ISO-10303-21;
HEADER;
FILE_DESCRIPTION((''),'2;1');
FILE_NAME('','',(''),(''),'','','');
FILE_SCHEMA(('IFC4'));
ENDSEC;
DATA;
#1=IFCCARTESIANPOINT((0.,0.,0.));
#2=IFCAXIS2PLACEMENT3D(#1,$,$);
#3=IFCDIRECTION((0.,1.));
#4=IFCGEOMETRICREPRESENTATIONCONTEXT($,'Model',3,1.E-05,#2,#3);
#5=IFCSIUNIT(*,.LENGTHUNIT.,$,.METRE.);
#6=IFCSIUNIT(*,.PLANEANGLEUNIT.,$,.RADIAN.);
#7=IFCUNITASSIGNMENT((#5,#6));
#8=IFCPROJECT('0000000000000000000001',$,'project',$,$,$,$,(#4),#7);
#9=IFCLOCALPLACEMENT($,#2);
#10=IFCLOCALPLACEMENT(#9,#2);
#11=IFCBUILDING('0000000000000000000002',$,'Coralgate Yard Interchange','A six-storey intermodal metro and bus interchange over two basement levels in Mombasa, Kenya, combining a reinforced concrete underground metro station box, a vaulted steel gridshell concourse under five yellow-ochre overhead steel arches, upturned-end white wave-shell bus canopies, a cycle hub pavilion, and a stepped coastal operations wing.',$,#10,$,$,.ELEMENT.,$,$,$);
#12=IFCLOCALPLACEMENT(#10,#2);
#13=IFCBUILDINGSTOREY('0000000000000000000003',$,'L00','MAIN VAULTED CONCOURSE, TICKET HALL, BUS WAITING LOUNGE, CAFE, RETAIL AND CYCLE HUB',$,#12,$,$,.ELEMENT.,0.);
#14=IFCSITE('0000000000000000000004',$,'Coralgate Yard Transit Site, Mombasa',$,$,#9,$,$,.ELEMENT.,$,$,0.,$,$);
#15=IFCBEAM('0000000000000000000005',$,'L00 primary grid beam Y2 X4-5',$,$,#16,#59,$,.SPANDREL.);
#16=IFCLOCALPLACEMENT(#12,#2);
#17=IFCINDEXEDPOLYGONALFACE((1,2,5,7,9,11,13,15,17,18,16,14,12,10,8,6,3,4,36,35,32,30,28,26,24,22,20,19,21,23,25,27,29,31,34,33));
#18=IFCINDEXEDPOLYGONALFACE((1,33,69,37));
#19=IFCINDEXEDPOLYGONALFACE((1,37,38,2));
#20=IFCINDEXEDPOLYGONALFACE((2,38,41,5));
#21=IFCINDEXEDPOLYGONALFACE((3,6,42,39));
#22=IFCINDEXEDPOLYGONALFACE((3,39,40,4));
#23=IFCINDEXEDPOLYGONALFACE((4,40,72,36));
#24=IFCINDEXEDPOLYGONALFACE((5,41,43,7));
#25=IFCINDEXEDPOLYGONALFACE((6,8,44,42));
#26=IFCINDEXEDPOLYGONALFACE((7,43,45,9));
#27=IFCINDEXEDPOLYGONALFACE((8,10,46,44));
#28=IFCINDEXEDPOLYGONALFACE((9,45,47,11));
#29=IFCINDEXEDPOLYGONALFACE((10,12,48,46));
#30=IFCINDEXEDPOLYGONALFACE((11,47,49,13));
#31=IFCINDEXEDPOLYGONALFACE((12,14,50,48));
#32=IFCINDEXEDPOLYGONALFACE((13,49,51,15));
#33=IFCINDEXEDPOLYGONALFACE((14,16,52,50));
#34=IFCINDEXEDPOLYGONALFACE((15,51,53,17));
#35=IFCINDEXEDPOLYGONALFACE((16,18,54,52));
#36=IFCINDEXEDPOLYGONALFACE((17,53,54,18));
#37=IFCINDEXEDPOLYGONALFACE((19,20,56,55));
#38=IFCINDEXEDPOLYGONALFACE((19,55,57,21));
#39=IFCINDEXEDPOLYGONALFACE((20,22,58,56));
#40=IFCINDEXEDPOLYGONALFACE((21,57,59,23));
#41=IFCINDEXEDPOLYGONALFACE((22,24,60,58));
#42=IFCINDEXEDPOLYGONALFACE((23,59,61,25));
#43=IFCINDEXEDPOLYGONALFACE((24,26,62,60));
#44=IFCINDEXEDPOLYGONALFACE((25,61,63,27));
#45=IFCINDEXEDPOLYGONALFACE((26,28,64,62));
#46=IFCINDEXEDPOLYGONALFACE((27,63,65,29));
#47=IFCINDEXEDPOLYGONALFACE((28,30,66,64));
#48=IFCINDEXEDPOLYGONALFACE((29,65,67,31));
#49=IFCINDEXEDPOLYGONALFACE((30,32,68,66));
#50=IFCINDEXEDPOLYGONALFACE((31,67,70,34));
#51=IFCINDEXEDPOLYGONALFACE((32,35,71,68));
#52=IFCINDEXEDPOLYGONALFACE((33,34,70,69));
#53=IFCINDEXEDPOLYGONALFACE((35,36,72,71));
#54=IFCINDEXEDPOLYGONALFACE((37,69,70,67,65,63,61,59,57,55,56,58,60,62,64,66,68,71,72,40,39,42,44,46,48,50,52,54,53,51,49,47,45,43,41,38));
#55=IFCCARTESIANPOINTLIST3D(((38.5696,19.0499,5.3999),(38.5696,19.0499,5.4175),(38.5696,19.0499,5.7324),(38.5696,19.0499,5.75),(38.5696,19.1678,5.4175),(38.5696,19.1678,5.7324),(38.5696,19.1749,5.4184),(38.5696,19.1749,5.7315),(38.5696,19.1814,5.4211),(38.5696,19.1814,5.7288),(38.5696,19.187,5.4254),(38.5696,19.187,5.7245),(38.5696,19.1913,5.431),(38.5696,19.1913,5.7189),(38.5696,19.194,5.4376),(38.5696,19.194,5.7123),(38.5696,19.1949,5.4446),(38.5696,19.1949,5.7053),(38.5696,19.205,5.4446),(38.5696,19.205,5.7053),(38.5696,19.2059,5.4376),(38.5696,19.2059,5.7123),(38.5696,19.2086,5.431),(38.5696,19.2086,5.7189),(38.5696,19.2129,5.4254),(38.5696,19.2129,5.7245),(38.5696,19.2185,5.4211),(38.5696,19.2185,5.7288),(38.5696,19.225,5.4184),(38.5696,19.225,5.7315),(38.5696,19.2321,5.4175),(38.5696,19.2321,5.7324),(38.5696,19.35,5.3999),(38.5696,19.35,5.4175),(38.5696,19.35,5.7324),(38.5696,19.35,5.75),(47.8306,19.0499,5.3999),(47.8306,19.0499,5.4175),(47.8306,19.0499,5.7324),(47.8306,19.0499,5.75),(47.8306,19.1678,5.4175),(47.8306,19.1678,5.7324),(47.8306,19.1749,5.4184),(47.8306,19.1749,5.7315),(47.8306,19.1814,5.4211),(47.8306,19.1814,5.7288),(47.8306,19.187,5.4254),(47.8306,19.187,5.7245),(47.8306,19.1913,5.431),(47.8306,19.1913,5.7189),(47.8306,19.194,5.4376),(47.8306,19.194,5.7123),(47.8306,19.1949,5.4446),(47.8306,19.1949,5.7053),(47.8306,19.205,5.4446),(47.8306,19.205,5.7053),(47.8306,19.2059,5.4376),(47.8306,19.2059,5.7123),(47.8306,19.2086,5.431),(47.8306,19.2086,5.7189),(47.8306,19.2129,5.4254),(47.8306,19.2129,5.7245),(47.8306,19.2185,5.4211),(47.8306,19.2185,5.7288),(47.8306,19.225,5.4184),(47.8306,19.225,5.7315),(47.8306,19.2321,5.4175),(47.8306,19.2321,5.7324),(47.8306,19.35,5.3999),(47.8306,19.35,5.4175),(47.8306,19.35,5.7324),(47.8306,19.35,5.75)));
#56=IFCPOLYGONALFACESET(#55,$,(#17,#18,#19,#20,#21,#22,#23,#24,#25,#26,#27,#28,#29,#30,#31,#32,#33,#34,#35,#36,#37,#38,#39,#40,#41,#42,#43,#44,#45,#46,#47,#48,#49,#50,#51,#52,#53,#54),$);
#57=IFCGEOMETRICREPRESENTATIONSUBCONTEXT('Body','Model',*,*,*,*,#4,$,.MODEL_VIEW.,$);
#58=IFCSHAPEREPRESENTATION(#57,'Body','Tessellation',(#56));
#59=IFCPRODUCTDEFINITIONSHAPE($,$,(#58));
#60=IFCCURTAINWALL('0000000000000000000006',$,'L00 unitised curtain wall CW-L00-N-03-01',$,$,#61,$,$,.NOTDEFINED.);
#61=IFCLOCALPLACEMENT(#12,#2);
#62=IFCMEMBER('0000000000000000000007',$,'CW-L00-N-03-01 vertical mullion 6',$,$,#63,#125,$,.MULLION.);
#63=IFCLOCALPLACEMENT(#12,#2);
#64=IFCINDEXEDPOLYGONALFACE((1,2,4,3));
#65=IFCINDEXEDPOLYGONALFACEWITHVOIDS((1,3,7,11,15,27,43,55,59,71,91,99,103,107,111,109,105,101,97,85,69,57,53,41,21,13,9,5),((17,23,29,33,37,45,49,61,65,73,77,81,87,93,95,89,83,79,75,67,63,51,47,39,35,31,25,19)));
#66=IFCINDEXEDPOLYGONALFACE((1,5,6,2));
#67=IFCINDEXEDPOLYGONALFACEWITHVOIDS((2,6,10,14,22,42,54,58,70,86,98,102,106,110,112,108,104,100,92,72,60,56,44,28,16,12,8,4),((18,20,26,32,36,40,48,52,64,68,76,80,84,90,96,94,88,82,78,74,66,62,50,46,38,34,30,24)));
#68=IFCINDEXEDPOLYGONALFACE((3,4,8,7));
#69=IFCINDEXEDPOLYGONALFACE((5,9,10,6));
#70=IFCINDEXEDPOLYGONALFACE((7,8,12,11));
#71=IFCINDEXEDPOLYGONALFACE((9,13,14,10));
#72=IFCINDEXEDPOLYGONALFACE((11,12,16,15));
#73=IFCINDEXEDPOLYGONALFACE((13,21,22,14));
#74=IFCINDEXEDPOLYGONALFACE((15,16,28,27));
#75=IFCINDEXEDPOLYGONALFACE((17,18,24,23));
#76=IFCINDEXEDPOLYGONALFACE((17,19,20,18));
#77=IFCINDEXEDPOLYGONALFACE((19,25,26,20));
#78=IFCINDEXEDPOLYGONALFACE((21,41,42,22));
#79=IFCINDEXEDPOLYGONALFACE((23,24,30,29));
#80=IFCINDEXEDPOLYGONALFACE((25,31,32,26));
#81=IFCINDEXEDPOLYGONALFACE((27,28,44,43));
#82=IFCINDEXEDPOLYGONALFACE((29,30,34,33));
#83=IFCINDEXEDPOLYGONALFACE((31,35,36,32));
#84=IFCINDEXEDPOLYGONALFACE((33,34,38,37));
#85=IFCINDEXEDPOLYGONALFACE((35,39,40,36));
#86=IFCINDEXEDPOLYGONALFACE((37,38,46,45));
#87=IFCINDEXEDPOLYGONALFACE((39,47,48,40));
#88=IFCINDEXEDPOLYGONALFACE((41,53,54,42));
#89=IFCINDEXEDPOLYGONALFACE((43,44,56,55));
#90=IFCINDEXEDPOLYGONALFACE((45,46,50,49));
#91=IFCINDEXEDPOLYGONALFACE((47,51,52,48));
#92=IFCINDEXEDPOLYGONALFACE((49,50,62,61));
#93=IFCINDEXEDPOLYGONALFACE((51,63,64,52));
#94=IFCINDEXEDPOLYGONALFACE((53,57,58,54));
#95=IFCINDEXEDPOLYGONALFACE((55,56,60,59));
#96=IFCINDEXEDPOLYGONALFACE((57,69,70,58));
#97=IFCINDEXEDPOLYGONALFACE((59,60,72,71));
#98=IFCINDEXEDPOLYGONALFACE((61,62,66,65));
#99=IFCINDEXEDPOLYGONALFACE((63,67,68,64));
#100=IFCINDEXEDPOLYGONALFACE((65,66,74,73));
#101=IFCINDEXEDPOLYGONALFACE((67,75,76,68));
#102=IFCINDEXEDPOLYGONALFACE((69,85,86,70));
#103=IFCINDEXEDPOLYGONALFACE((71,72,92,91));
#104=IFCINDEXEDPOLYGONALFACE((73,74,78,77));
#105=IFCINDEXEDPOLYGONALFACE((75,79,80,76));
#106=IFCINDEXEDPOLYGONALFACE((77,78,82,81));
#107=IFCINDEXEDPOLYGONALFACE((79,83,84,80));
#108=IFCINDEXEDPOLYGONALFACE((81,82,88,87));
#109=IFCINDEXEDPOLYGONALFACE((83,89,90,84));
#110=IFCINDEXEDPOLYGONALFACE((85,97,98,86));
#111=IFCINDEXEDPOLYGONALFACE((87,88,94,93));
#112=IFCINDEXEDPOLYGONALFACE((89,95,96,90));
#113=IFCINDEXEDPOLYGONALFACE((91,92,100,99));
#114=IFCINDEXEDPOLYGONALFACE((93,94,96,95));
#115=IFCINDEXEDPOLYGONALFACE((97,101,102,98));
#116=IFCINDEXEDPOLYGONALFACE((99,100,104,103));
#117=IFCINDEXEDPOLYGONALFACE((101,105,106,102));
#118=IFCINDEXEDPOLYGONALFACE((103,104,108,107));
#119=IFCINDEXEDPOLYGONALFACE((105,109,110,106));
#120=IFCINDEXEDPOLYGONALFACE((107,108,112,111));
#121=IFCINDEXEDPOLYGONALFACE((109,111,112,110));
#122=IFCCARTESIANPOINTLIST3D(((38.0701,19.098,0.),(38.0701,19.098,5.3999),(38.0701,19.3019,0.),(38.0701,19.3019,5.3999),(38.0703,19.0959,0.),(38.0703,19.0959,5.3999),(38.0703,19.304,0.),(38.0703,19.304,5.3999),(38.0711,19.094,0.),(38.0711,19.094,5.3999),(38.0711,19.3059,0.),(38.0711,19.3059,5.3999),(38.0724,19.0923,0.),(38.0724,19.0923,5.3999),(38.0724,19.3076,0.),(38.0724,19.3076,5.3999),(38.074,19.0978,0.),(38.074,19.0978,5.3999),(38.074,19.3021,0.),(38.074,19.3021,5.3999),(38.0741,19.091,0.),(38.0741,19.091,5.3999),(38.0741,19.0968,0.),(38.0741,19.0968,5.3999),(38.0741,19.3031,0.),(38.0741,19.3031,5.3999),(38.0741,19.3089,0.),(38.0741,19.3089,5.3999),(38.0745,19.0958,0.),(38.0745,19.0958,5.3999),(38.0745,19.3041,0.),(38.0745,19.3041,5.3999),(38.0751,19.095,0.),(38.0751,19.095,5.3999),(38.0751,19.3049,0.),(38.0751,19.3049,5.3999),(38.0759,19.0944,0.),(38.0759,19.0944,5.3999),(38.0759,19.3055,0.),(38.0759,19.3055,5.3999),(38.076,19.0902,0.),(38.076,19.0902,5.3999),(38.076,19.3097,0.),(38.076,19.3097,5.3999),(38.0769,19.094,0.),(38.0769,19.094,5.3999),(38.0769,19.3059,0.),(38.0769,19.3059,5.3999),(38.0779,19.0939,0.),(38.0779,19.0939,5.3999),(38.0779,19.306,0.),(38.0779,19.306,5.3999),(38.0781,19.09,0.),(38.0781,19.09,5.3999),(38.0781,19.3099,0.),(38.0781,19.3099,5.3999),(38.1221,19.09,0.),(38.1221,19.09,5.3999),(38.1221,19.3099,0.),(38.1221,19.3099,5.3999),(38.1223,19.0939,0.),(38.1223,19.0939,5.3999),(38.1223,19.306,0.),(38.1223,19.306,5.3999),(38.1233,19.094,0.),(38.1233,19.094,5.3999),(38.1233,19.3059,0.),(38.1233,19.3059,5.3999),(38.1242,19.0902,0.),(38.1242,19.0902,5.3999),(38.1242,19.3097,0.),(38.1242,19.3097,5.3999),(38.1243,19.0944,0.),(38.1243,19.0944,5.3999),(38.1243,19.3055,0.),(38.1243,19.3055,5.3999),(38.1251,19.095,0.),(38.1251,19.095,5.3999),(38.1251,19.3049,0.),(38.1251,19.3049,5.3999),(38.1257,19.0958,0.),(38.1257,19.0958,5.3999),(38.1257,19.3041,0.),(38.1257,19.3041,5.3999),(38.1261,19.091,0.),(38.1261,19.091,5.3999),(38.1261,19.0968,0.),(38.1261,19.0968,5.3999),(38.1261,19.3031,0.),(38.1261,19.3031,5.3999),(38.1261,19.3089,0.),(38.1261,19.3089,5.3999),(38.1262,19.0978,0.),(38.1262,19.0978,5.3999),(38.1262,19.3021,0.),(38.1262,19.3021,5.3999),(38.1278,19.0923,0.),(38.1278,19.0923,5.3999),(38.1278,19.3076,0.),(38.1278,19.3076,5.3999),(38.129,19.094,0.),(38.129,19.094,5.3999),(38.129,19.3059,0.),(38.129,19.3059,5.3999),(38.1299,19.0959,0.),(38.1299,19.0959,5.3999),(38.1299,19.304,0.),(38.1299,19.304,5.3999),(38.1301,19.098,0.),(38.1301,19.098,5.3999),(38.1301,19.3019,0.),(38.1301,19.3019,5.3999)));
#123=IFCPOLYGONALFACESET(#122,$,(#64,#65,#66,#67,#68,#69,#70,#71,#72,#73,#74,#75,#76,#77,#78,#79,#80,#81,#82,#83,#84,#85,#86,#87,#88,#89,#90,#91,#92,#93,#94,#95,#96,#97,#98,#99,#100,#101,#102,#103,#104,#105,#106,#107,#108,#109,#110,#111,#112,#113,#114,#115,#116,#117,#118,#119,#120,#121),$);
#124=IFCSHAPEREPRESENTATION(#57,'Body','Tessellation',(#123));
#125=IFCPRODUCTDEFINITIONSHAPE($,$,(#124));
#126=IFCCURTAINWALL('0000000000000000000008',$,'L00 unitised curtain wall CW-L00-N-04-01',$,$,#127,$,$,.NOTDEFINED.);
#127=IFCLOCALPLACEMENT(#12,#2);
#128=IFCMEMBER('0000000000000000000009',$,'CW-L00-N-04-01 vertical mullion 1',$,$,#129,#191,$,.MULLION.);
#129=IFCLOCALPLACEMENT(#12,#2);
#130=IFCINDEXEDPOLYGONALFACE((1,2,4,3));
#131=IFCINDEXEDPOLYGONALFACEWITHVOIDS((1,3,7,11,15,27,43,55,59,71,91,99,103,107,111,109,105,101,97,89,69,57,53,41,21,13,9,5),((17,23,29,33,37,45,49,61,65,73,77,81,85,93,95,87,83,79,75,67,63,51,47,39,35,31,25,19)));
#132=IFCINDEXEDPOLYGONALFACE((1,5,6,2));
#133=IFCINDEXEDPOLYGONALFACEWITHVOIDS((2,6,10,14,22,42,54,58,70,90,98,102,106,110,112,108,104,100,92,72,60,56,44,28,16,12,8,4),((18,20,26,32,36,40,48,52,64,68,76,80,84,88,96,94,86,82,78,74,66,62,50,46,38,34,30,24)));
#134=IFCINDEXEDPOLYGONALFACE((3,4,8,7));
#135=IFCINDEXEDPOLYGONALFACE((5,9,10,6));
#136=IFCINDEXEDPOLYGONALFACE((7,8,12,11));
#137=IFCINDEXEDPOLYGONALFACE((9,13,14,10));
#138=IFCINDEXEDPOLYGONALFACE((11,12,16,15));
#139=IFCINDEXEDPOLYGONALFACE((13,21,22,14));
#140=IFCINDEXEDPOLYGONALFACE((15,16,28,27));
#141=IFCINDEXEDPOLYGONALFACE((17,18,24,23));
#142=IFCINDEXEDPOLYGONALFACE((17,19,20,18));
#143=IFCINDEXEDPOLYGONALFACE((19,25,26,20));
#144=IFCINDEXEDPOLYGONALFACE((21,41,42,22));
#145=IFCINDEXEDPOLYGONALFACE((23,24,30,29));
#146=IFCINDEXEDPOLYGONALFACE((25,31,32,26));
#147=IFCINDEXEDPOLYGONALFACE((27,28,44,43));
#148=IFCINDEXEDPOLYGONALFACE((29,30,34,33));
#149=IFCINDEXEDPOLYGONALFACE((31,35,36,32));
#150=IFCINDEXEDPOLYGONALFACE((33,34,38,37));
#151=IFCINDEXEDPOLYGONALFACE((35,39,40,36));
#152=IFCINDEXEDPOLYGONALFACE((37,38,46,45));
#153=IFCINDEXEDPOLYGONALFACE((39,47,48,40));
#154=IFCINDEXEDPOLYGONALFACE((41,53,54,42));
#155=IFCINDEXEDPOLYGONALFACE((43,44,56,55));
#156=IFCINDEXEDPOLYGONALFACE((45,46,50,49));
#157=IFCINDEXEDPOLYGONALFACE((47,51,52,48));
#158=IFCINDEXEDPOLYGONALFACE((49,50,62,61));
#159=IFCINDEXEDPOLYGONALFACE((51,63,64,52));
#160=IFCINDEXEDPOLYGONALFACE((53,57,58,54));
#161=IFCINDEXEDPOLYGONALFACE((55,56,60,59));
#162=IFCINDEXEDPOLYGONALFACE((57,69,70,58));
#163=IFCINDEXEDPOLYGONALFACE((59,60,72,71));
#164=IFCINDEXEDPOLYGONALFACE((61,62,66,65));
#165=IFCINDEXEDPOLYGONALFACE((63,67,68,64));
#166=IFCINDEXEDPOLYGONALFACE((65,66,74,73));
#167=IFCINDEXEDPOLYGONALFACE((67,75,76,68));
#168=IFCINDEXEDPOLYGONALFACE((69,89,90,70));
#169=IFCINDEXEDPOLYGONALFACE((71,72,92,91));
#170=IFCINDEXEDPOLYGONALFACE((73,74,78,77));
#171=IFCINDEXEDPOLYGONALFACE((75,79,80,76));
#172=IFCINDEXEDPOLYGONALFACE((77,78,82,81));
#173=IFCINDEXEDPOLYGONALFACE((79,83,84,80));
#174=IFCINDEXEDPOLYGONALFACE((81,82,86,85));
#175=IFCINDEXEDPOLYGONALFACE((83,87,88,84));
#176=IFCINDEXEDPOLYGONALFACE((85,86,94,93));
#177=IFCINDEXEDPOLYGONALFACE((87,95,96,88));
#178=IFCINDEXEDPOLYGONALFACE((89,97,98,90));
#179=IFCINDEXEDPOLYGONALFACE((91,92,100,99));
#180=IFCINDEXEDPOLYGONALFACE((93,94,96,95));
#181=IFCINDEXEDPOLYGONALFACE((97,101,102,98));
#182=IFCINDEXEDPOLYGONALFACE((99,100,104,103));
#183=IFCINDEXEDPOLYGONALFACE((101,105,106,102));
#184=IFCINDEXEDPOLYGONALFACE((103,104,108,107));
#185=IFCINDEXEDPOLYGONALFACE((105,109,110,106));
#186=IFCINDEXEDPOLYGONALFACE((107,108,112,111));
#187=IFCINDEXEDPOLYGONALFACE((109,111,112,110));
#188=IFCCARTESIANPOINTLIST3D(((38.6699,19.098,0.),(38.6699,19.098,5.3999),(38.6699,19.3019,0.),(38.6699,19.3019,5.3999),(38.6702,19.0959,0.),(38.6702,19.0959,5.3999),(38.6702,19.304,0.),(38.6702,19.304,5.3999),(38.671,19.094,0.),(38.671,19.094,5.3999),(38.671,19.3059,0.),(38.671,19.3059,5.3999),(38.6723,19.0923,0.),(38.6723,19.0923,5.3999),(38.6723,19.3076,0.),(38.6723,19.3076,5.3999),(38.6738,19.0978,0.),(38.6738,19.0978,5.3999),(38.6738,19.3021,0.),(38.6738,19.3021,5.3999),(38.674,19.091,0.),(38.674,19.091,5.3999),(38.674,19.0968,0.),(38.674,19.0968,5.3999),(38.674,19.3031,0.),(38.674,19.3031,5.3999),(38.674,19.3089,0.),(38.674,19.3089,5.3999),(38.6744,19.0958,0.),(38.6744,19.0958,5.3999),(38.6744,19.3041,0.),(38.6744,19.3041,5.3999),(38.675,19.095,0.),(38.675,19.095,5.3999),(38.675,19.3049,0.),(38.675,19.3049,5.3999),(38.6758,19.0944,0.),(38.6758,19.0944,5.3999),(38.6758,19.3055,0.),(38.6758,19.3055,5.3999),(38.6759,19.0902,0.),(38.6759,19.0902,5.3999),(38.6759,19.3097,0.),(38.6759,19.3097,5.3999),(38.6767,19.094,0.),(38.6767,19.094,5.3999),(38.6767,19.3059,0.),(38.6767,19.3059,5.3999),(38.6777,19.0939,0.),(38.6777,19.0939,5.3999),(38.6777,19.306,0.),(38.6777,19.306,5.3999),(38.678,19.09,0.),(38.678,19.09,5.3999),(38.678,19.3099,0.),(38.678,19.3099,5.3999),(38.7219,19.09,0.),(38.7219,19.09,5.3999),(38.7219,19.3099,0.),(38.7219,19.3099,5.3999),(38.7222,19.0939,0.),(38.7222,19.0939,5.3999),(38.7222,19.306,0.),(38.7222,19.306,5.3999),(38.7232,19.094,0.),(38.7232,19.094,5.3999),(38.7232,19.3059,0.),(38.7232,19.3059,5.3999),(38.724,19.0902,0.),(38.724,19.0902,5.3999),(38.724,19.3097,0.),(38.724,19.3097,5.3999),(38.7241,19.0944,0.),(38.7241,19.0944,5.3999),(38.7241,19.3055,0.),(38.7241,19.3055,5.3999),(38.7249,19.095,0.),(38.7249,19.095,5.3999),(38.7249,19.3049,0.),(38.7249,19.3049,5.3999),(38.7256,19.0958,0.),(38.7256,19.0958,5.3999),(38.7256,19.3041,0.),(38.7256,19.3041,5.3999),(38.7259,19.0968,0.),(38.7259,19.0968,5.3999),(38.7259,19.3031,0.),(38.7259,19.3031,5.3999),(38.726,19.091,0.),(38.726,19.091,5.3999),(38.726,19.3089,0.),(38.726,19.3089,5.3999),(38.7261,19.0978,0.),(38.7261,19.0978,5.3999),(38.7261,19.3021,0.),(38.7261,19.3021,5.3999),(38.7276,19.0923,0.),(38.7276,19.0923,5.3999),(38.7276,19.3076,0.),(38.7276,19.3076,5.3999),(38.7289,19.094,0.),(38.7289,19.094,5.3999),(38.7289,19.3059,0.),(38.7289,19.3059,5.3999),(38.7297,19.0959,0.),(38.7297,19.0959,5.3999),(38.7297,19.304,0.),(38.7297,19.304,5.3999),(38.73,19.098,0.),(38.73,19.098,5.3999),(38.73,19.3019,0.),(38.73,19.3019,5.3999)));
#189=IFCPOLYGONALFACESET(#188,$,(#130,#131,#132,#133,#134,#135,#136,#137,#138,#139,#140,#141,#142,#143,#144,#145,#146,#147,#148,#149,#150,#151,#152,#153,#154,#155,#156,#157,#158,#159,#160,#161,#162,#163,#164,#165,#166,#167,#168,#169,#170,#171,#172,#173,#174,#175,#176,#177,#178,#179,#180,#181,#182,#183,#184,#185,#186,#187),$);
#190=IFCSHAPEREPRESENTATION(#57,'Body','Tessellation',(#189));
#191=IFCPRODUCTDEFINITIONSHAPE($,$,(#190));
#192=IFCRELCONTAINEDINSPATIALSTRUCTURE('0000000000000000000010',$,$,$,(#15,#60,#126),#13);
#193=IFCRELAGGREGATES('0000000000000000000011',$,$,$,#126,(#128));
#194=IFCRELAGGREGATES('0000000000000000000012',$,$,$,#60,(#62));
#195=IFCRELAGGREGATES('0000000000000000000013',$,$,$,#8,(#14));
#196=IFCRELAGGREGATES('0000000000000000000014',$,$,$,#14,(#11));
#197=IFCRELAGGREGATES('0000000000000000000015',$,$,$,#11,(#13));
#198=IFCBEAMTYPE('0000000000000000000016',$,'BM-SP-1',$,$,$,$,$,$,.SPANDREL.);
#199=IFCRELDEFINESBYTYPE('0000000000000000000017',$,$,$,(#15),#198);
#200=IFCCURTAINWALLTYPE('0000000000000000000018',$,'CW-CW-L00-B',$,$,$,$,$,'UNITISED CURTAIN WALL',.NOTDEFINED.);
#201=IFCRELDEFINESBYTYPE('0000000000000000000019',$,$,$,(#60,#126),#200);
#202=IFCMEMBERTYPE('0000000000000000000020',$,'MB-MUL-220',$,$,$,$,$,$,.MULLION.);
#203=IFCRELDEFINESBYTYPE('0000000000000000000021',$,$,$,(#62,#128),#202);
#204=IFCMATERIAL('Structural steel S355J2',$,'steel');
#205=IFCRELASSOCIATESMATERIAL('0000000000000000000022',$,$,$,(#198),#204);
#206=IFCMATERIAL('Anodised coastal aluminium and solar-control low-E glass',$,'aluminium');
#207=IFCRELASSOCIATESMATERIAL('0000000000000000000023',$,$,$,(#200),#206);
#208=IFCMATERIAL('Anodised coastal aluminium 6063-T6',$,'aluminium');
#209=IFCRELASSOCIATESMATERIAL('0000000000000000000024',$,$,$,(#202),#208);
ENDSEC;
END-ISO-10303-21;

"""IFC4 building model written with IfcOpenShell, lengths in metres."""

from ifc_helpers import new_model, si_unit, direction, frame, origin, origin_2d, place, context, subcontext, project, spatial, hollow_rectangle, i_section, extrude, material, material_profile, profile_set, type_object, element, aggregate, save


model = new_model("IFC4")

# Units and contexts
model_context = context("Model", 3, precision=1e-05, world=origin(), true_north=direction((0.0, 1.0)))
body_context = subcontext(model_context, "Body", "Model", "MODEL_VIEW")
ifc_project = project(units=[si_unit("LENGTHUNIT", "METRE"), si_unit("PLANEANGLEUNIT", "RADIAN")], contexts=[model_context])

# Site, building, storey
site_placement = place(None, origin())
site = spatial("IfcSite", under=ifc_project, at=site_placement, Name="Coralgate Yard Transit Site, Mombasa", CompositionType="ELEMENT", RefElevation=0.0)
building_placement = place(site_placement, origin())
building = spatial("IfcBuilding", under=site, at=building_placement, Name="Coralgate Yard Interchange", Description="A six-storey intermodal metro and bus interchange over two basement levels in Mombasa, Kenya, combining a reinforced concrete underground metro station box, a vaulted steel gridshell concourse under five yellow-ochre overhead steel arches, upturned-end white wave-shell bus canopies, a cycle hub pavilion, and a stepped coastal operations wing.", CompositionType="ELEMENT")
storey_placement = place(building_placement, origin())
storey = spatial("IfcBuildingStorey", under=building, at=storey_placement, Name="L00", Description="MAIN VAULTED CONCOURSE, TICKET HALL, BUS WAITING LOUNGE, CAFE, RETAIL AND CYCLE HUB", CompositionType="ELEMENT", Elevation=0.0)

# Shared definitions
ifc_material_1 = material(Name="Structural steel S355J2", Category="steel")

# Beam
ifc_material_profile_1 = material_profile(ifc_material_1, i_section(OverallWidth=0.3, OverallDepth=0.3501, WebThickness=0.01, FlangeThickness=0.0176, FilletRadius=0.0271, at=origin_2d()), Name="HEA 360")
ifc_profile_set_1 = profile_set([ifc_material_profile_1], Name="Structural steel S355J2")
beam_type_1 = type_object("IfcBeamType", Name="BM-SP-1", PredefinedType="SPANDREL", material=ifc_profile_set_1)
beam_placement = place(storey_placement, frame((38.5696, 19.2, 5.575), z_axis=(1.0, 0.0, 0.0), x_axis=(0.0, 1.0, 0.0)))
element("IfcBeam", 1, at=beam_placement, inside=storey, type_object=beam_type_1, Name="L00 primary grid beam Y2 X4-5", PredefinedType="SPANDREL", context=body_context, shape_type="SweptSolid", body=[
    extrude(i_section(OverallWidth=0.3, OverallDepth=0.3501, WebThickness=0.01, FlangeThickness=0.0176, FilletRadius=0.0271, at=origin_2d()), origin(), (0.0, 0.0, 1.0), 9.261),
])

# Curtain wall, member
ifc_material_2 = material(Name="Anodised coastal aluminium and solar-control low-E glass", Category="aluminium")
curtain_wall_type = type_object("IfcCurtainWallType", Name="CW-CW-L00-B", ElementType="UNITISED CURTAIN WALL", PredefinedType="NOTDEFINED", material=ifc_material_2)
curtain_wall_1_placement = place(storey_placement, origin())
curtain_wall_1 = element("IfcCurtainWall", 2, at=curtain_wall_1_placement, inside=storey, type_object=curtain_wall_type, Name="L00 unitised curtain wall CW-L00-N-03-01", PredefinedType="NOTDEFINED")
ifc_material_3 = material(Name="Anodised coastal aluminium 6063-T6", Category="aluminium")
ifc_material_profile_2 = material_profile(ifc_material_3, hollow_rectangle(XDim=0.0601, YDim=0.22, WallThickness=0.0039, InnerFilletRadius=0.0039, OuterFilletRadius=0.0081, at=origin_2d()), Name="ALU 60x220x4")
ifc_profile_set_2 = profile_set([ifc_material_profile_2], Name="Anodised coastal aluminium 6063-T6")
member_type_1 = type_object("IfcMemberType", Name="MB-MUL-220", PredefinedType="MULLION", material=ifc_profile_set_2)
member_1_placement = place(storey_placement, frame((38.1001, 19.2, 0.0), z_axis=(0.0, 0.0, 1.0), x_axis=(1.0, 0.0, 0.0)))
member_1 = element("IfcMember", 3, at=member_1_placement, type_object=member_type_1, Name="CW-L00-N-03-01 vertical mullion 6", PredefinedType="MULLION", context=body_context, shape_type="SweptSolid", body=[
    extrude(hollow_rectangle(XDim=0.0601, YDim=0.22, WallThickness=0.0039, InnerFilletRadius=0.0039, OuterFilletRadius=0.0081, at=origin_2d()), origin(), (0.0, 0.0, 1.0), 5.3999),
])

# Curtain wall, member
curtain_wall_2_placement = place(storey_placement, origin())
curtain_wall_2 = element("IfcCurtainWall", 4, at=curtain_wall_2_placement, inside=storey, type_object=curtain_wall_type, Name="L00 unitised curtain wall CW-L00-N-04-01", PredefinedType="NOTDEFINED")
member_2_placement = place(storey_placement, frame((38.7, 19.2, 0.0), z_axis=(0.0, 0.0, 1.0), x_axis=(1.0, 0.0, 0.0)))
member_2 = element("IfcMember", 5, at=member_2_placement, type_object=member_type_1, Name="CW-L00-N-04-01 vertical mullion 1", PredefinedType="MULLION", context=body_context, shape_type="SweptSolid", body=[
    extrude(hollow_rectangle(XDim=0.0601, YDim=0.22, WallThickness=0.0039, InnerFilletRadius=0.0039, OuterFilletRadius=0.0081, at=origin_2d()), origin(), (0.0, 0.0, 1.0), 5.3999),
])
aggregate(curtain_wall_2, [member_2])

aggregate(curtain_wall_1, [member_1])

save(model, "model.ifc")
